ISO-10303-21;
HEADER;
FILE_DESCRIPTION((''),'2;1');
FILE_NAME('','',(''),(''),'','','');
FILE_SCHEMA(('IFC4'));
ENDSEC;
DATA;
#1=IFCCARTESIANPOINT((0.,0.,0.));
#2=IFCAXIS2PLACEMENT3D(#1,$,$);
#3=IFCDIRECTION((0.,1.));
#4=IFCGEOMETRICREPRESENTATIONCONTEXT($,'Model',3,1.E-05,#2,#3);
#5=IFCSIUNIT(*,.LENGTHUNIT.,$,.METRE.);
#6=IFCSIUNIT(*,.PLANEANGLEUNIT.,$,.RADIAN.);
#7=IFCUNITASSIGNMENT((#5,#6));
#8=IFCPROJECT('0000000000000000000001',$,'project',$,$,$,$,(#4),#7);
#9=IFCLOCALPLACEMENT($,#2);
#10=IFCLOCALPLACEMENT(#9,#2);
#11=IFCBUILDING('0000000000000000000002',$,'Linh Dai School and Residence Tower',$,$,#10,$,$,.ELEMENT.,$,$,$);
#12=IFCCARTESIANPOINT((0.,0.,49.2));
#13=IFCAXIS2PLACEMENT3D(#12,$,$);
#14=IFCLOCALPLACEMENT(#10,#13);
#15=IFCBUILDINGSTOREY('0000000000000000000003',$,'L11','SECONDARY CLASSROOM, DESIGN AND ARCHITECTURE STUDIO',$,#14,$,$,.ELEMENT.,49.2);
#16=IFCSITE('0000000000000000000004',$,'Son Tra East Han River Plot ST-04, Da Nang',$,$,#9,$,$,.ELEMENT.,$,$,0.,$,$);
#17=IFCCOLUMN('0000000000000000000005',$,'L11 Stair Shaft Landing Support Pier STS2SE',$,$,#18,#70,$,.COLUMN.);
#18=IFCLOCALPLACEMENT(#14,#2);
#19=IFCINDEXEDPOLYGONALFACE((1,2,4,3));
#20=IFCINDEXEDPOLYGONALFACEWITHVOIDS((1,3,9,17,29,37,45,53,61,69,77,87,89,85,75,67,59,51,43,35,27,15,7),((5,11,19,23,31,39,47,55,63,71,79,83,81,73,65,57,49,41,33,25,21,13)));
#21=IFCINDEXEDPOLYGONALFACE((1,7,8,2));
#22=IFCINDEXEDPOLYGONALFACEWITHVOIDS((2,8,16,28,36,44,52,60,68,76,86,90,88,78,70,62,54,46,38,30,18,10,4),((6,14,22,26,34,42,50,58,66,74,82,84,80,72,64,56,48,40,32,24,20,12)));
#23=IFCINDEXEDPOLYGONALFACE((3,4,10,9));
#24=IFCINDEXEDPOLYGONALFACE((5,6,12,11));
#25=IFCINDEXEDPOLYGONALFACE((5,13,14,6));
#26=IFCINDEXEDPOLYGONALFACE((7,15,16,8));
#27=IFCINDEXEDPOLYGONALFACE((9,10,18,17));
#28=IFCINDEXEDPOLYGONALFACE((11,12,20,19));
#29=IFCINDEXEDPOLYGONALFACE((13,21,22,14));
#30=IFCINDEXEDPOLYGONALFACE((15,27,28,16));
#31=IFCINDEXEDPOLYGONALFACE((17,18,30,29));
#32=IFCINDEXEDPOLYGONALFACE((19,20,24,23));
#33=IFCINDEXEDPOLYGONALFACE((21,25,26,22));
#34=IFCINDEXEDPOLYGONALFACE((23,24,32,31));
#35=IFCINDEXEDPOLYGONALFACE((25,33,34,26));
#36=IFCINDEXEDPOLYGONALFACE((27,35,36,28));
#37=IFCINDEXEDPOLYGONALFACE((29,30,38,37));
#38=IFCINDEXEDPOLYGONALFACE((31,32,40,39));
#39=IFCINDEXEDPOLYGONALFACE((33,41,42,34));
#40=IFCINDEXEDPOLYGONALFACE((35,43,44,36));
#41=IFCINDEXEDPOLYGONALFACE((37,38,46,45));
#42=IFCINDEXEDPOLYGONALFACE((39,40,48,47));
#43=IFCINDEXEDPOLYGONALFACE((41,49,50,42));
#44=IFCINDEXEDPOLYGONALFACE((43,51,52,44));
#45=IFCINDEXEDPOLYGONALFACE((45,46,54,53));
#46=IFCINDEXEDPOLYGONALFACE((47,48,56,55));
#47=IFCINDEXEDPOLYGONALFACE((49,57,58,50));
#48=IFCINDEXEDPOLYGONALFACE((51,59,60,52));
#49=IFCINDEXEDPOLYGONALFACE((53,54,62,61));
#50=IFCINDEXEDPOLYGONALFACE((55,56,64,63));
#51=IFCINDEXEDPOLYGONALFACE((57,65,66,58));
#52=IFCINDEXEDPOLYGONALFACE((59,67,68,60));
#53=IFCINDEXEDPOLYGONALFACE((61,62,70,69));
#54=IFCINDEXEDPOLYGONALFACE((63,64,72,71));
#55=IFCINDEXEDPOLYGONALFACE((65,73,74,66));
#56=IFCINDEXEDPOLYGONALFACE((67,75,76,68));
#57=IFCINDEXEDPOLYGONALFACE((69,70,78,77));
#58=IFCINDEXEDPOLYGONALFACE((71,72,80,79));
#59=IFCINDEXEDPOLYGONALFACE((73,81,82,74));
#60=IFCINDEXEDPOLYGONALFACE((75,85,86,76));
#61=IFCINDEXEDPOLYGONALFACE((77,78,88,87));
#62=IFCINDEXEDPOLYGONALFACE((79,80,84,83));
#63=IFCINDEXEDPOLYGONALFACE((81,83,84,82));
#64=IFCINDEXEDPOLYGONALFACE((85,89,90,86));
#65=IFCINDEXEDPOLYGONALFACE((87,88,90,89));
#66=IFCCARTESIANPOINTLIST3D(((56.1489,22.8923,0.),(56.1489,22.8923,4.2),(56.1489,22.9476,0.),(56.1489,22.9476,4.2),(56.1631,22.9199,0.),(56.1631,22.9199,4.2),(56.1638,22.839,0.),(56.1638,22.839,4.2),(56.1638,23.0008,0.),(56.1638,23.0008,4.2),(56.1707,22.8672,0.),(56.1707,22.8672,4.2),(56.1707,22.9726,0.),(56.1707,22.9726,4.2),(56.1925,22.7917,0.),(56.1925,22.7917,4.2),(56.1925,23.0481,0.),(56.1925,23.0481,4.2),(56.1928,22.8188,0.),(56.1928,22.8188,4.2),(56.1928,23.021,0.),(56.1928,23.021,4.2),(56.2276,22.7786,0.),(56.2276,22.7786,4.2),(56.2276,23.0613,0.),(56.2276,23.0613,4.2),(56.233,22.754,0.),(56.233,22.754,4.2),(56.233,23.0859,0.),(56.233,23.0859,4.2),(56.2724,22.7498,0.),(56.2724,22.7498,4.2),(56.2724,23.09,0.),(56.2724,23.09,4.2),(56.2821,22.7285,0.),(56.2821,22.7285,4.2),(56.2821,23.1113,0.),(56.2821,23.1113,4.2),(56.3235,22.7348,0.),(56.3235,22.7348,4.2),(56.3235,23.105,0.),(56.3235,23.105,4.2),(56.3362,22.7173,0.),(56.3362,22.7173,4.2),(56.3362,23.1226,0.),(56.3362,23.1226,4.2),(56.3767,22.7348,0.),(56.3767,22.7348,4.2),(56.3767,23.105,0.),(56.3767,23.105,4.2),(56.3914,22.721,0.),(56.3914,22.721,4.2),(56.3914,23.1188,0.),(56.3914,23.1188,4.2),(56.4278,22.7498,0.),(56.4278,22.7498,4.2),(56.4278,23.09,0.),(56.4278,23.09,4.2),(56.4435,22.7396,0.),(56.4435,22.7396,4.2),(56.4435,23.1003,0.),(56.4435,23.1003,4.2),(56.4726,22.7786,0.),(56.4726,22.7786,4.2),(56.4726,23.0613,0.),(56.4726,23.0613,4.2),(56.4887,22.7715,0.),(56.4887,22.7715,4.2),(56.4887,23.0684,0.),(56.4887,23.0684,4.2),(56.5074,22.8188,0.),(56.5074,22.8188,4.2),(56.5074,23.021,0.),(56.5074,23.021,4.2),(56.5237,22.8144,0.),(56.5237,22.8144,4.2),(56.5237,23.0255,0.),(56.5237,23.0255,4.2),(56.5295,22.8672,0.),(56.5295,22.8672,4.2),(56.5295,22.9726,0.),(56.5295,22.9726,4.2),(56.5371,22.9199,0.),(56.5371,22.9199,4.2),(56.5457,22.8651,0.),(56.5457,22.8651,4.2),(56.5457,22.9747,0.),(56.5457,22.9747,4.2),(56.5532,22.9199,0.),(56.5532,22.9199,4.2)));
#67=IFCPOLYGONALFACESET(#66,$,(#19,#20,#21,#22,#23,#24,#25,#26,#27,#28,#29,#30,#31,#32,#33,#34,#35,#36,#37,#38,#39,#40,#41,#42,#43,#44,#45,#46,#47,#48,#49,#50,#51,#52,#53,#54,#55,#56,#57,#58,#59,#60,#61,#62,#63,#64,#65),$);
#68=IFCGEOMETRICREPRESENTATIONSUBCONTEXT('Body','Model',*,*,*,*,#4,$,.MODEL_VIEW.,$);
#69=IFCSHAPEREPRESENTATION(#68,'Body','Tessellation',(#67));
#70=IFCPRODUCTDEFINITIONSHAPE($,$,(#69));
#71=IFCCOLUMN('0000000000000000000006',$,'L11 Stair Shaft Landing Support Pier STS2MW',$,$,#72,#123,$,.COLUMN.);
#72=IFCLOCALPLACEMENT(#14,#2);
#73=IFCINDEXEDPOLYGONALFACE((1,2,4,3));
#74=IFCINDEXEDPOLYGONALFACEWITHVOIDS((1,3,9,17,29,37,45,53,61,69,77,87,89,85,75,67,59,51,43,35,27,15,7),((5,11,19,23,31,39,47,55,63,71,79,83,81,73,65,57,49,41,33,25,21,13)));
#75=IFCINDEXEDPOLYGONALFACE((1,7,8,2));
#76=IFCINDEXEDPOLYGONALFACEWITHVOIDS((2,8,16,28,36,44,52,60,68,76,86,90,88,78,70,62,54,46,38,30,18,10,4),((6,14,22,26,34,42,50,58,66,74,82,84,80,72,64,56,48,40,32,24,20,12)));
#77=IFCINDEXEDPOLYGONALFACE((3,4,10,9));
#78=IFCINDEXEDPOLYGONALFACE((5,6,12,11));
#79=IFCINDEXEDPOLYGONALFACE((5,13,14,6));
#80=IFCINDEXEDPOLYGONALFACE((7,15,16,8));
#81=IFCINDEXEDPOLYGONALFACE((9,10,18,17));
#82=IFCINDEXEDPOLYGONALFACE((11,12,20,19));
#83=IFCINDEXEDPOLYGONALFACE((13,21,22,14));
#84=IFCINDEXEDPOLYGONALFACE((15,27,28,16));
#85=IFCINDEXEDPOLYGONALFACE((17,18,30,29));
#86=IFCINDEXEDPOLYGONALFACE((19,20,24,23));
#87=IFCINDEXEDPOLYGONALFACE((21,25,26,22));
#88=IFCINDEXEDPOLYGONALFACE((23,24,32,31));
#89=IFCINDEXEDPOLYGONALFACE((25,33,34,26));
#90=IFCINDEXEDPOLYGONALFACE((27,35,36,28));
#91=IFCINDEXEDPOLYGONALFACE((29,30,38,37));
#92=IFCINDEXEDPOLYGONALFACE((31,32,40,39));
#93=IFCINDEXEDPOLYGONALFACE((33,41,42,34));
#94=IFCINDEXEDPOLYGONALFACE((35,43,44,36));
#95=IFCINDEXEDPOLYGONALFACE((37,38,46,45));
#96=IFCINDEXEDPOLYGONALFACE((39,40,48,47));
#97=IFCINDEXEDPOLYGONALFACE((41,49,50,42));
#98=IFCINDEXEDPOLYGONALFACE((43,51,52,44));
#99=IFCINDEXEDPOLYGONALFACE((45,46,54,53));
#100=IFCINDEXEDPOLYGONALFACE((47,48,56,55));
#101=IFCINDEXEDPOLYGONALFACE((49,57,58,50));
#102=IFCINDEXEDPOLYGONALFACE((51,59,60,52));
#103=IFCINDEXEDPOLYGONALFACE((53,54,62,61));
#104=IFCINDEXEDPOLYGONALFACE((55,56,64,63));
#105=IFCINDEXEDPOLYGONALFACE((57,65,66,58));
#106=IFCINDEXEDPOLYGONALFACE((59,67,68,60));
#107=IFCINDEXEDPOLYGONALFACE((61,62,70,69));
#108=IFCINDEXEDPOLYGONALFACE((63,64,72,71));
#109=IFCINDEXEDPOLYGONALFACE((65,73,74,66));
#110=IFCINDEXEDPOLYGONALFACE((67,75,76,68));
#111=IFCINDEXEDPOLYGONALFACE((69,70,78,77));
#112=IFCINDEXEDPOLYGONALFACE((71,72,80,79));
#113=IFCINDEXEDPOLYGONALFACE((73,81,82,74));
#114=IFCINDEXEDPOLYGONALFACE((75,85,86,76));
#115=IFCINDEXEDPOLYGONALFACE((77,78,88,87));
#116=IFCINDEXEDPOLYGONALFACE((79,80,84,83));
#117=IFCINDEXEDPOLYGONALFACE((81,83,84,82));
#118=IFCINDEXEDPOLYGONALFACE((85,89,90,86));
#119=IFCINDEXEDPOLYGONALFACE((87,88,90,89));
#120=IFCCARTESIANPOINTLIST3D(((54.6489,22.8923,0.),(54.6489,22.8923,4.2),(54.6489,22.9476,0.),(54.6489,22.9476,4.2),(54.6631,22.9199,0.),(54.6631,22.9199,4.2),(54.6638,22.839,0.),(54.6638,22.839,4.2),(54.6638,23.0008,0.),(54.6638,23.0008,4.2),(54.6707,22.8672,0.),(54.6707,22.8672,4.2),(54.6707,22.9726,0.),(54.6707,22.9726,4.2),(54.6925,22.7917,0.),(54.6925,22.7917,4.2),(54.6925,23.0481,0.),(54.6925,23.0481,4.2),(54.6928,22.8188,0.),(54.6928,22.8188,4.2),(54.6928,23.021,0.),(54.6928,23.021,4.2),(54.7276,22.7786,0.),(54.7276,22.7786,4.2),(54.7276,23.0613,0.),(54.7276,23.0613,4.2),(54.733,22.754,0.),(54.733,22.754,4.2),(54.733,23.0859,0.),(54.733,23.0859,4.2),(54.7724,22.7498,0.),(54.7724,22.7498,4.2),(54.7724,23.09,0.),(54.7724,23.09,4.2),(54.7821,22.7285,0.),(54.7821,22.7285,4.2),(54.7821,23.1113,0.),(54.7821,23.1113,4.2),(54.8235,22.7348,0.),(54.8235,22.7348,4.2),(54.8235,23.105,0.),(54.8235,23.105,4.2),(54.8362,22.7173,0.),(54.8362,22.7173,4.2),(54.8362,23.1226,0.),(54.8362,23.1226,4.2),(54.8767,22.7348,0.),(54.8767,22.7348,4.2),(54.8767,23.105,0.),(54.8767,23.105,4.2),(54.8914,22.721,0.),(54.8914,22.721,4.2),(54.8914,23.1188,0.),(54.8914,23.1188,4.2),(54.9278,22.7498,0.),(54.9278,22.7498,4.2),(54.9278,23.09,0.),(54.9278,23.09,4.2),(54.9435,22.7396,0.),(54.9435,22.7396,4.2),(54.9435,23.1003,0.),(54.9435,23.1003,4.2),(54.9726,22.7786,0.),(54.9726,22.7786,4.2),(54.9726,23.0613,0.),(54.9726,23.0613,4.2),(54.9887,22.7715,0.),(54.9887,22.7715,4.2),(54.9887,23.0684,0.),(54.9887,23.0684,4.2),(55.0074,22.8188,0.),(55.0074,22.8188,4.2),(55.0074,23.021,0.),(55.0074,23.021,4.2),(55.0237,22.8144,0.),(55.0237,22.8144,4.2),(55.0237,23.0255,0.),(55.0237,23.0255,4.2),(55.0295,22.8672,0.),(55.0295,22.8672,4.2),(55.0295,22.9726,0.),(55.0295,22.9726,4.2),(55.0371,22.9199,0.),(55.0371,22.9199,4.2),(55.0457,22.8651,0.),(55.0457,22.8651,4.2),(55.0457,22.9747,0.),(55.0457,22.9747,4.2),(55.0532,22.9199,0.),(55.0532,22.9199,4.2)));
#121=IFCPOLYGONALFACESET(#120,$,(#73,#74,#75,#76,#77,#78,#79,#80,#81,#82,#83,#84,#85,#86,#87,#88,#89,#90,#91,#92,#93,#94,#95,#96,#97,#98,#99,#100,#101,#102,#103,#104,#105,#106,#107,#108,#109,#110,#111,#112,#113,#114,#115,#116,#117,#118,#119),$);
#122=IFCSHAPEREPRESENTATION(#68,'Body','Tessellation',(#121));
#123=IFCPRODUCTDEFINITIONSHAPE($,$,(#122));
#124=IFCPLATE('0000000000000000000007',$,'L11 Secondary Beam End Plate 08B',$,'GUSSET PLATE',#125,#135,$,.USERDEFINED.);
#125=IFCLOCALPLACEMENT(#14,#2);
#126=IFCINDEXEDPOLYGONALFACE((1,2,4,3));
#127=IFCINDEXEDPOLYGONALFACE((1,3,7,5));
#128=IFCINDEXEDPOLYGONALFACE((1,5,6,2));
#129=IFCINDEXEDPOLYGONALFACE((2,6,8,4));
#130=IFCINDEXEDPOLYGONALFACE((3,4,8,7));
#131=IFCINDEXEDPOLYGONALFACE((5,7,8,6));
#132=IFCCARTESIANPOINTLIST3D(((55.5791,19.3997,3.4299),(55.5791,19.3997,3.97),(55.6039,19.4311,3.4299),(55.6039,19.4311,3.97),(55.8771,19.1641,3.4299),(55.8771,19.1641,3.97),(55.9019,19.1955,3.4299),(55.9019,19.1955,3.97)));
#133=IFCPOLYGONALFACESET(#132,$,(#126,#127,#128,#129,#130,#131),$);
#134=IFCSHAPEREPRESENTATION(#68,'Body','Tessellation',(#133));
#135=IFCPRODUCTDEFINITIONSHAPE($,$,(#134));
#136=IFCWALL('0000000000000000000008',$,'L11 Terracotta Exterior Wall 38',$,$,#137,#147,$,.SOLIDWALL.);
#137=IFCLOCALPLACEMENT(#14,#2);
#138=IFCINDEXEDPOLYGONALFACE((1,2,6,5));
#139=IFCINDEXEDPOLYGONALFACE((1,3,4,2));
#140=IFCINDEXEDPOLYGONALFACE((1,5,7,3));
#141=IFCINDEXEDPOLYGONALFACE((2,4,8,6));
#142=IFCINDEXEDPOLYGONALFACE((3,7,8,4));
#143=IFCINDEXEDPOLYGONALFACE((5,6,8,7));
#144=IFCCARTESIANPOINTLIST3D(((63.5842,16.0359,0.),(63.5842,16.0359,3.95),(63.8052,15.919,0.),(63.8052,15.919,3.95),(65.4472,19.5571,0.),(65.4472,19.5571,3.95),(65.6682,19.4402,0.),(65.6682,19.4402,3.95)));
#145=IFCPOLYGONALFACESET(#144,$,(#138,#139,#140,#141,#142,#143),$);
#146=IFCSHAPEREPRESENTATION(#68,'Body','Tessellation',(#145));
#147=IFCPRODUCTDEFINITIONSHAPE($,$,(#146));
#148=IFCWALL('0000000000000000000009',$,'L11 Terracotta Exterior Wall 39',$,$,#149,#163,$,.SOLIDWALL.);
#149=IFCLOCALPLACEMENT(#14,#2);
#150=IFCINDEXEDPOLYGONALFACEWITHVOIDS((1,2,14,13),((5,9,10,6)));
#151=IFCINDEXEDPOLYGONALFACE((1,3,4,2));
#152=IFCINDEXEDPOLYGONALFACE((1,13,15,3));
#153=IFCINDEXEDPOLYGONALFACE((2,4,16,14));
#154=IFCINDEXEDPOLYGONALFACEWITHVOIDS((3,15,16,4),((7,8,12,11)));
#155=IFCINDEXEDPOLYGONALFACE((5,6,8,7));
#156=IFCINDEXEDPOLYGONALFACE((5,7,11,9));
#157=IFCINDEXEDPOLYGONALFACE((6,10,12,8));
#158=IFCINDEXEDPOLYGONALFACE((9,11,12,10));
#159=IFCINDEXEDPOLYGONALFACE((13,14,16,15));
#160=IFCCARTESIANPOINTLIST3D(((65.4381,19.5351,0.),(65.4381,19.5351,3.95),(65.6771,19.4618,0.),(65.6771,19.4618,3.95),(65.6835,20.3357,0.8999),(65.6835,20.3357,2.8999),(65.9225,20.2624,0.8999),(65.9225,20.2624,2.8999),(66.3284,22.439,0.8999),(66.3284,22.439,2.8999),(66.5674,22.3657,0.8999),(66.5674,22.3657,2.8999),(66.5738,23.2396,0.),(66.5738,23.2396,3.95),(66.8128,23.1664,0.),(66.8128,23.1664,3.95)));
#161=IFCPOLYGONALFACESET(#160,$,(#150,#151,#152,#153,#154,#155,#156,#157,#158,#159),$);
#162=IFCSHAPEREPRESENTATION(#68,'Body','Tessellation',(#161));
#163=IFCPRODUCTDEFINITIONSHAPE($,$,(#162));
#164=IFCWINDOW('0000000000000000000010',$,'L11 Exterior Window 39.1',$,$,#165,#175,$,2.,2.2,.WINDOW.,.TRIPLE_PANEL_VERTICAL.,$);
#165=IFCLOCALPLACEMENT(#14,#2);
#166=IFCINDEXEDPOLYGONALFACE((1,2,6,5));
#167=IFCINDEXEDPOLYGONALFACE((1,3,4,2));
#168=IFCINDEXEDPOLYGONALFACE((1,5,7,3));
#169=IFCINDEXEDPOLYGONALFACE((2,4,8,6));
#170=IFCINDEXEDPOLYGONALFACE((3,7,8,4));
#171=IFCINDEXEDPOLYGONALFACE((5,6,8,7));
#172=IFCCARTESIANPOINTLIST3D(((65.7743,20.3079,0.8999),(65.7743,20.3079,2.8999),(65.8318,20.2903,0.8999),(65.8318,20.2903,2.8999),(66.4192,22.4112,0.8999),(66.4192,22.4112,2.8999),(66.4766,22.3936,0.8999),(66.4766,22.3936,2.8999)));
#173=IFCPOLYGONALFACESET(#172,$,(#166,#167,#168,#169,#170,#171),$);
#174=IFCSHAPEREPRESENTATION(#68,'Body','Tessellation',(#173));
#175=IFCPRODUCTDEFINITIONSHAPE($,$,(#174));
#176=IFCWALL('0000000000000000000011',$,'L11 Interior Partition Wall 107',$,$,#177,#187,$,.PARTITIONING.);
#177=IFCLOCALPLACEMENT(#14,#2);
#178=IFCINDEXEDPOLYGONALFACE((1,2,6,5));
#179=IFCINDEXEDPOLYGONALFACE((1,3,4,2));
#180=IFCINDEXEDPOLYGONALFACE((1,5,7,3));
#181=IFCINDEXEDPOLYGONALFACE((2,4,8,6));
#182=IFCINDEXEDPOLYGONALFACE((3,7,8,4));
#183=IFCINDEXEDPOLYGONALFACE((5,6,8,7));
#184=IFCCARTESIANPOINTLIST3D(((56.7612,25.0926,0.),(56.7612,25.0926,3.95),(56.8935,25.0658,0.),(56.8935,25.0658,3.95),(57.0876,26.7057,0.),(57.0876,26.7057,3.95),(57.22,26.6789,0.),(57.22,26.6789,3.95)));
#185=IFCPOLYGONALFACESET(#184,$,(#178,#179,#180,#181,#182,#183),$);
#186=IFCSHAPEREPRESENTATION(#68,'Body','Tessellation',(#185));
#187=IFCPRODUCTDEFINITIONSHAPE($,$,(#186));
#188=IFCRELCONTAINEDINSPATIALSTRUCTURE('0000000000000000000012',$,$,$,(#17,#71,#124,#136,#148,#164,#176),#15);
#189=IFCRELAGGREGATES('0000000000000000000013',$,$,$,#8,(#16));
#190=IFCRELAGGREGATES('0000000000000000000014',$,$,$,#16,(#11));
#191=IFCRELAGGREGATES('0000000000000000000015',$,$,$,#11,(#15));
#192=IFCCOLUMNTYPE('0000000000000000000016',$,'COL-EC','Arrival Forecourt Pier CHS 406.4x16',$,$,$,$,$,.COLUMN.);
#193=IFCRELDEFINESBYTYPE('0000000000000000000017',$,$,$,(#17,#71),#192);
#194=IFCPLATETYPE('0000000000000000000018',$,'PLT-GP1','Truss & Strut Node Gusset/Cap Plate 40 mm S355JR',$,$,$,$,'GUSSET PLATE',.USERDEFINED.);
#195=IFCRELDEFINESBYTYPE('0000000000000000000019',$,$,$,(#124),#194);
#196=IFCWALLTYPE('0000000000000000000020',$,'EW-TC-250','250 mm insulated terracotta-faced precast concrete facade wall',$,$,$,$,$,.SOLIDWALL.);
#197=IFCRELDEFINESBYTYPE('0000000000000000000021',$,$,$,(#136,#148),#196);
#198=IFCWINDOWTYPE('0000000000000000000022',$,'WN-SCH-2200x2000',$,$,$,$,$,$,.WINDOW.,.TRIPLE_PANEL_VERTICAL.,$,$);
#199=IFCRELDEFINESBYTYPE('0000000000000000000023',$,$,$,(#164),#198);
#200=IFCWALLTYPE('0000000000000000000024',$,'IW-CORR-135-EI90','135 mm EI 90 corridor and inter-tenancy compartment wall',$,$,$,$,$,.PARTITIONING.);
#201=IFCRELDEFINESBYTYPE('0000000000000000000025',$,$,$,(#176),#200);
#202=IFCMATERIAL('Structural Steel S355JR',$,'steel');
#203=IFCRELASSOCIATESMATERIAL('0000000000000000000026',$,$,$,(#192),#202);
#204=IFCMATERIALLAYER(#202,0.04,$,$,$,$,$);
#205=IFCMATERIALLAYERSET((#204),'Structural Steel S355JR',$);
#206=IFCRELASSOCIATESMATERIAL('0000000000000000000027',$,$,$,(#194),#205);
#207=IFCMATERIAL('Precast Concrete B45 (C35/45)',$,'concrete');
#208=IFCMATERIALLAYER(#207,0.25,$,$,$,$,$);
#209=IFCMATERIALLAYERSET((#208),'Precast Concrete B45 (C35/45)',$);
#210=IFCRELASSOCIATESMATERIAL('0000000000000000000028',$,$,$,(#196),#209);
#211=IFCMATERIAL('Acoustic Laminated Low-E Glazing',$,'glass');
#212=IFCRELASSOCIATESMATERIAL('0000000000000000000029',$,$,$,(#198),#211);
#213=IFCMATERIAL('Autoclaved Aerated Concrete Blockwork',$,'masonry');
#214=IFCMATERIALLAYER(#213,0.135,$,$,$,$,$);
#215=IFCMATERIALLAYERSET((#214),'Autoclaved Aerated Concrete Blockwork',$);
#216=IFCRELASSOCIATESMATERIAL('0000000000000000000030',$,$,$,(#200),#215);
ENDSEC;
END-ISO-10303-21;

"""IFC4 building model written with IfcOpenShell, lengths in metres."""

from ifc_helpers import new_model, si_unit, direction, frame, frame_2d, origin, origin_2d, place, context, subcontext, project, spatial, rectangle, hollow_circle, extrude, source, transform, mapped, material, layer, layer_set, material_profile, profile_set, type_object, element, fill, save


model = new_model("IFC4")

# Units and contexts
model_context = context("Model", 3, precision=1e-05, world=origin(), true_north=direction((0.0, 1.0)))
body_context = subcontext(model_context, "Body", "Model", "MODEL_VIEW")
ifc_project = project(units=[si_unit("LENGTHUNIT", "METRE"), si_unit("PLANEANGLEUNIT", "RADIAN")], contexts=[model_context])

# Site, building, storey
site_placement = place(None, origin())
site = spatial("IfcSite", under=ifc_project, at=site_placement, Name="Son Tra East Han River Plot ST-04, Da Nang", CompositionType="ELEMENT", RefElevation=0.0)
building_placement = place(site_placement, origin())
building = spatial("IfcBuilding", under=site, at=building_placement, Name="Linh Dai School and Residence Tower", CompositionType="ELEMENT")
storey_placement = place(building_placement, frame((0.0, 0.0, 49.2)))
storey = spatial("IfcBuildingStorey", under=building, at=storey_placement, Name="L11", Description="SECONDARY CLASSROOM, DESIGN AND ARCHITECTURE STUDIO", CompositionType="ELEMENT", Elevation=49.2)

# Columns
ifc_material_1 = material(Name="Structural Steel S355JR", Category="steel")
ifc_material_profile = material_profile(ifc_material_1, hollow_circle(Radius=0.2031, WallThickness=0.0161, at=origin_2d()), Name="CHS 406.4x16")
ifc_profile_set = profile_set([ifc_material_profile], Name="Structural Steel S355JR")
column_type = type_object("IfcColumnType", Name="COL-EC", Description="Arrival Forecourt Pier CHS 406.4x16", PredefinedType="COLUMN", material=ifc_profile_set)
for number, where, z_axis, x_axis, name in (
    (1, (56.3501, 22.9199, 0.0), (0.0, 0.0, 1.0), (1.0, 0.0, 0.0), "L11 Stair Shaft Landing Support Pier STS2SE"),
    (2, (54.8501, 22.9199, 0.0), (0.0, 0.0, 1.0), (1.0, 0.0, 0.0), "L11 Stair Shaft Landing Support Pier STS2MW"),
):
    element("IfcColumn", number, at=place(storey_placement, frame(where, z_axis=z_axis, x_axis=x_axis)), inside=storey, type_object=column_type, Name=name, PredefinedType="COLUMN", context=body_context, shape_type="SweptSolid", body=[
        extrude(hollow_circle(Radius=0.2031, WallThickness=0.0161, at=origin_2d()), origin(), (0.0, 0.0, 1.0), 4.2),
    ])

# Plate
ifc_layer_1 = layer(ifc_material_1, 0.04)
ifc_layer_set_1 = layer_set([ifc_layer_1], Name="Structural Steel S355JR")
plate_type = type_object("IfcPlateType", Name="PLT-GP1", Description="Truss & Strut Node Gusset/Cap Plate 40 mm S355JR", ElementType="GUSSET PLATE", PredefinedType="USERDEFINED", material=ifc_layer_set_1)
shared_shape_1 = source(origin(), body_context, "Body", "SweptSolid", [
    extrude(rectangle(XDim=0.04, YDim=0.3799, at=origin_2d()), origin(), (0.0, 0.0, 1.0), 0.54),
])
plate_placement = place(storey_placement, frame((55.7405, 19.2976, 3.4299), z_axis=(0.0, 0.0, 1.0), x_axis=(0.620178, 0.784461, 0.0)))
element("IfcPlate", 3, at=plate_placement, inside=storey, type_object=plate_type, Name="L11 Secondary Beam End Plate 08B", ObjectType="GUSSET PLATE", PredefinedType="USERDEFINED", context=body_context, shape_type="MappedRepresentation", body=[
    mapped(shared_shape_1, transform((0.0, 0.0, 0.0), x_axis=(1.0, 0.0, 0.0), y_axis=(0.0, 1.0, 0.0), z_axis=(0.0, 0.0, 1.0), scale=1.0)),
])

# Wall
ifc_material_2 = material(Name="Precast Concrete B45 (C35/45)", Category="concrete")
ifc_layer_2 = layer(ifc_material_2, 0.25)
ifc_layer_set_2 = layer_set([ifc_layer_2], Name="Precast Concrete B45 (C35/45)")
wall_type_1 = type_object("IfcWallType", Name="EW-TC-250", Description="250 mm insulated terracotta-faced precast concrete facade wall", PredefinedType="SOLIDWALL", material=ifc_layer_set_2)
wall_1_placement = place(storey_placement, frame((65.5576, 19.4985, 0.0), z_axis=(0.0, 0.0, 1.0), x_axis=(-0.467662, -0.883907, 0.0)))
element("IfcWall", 4, at=wall_1_placement, inside=storey, type_object=wall_type_1, Name="L11 Terracotta Exterior Wall 38", PredefinedType="SOLIDWALL", context=body_context, shape_type="SweptSolid", body=[
    extrude(rectangle(XDim=3.9836, YDim=0.25, at=frame_2d((1.9917, 0.0))), origin(), (0.0, 0.0, 1.0), 3.95),
])

# Wall, opening, window
wall_2_placement = place(storey_placement, frame((66.6934, 23.2031, 0.0), z_axis=(0.0, 0.0, 1.0), x_axis=(-0.293112, -0.956078, 0.0)))
wall_2 = element("IfcWall", 5, at=wall_2_placement, inside=storey, type_object=wall_type_1, Name="L11 Terracotta Exterior Wall 39", PredefinedType="SOLIDWALL", context=body_context, shape_type="SweptSolid", body=[
    extrude(rectangle(XDim=3.8748, YDim=0.25, at=frame_2d((1.9375, 0.0))), origin(), (0.0, 0.0, 1.0), 3.95),
])
opening_1_placement = place(wall_2_placement, frame((0.8374, 0.0, 0.8999)))
opening_1 = element("IfcOpeningElement", 6, at=opening_1_placement, cuts=wall_2, PredefinedType="OPENING", context=body_context, shape_type="SweptSolid", body=[
    extrude(rectangle(XDim=2.2, YDim=2.0, at=origin_2d()), frame((1.1001, 0.135, 1.0), z_axis=(0.0, -1.0, 0.0), x_axis=(1.0, 0.0, 0.0)), (0.0, 0.0, 1.0), 0.27),
])
ifc_material_3 = material(Name="Acoustic Laminated Low-E Glazing", Category="glass")
window_type = type_object("IfcWindowType", Name="WN-SCH-2200x2000", PartitioningType="TRIPLE_PANEL_VERTICAL", PredefinedType="WINDOW", material=ifc_material_3)
shared_shape_2 = source(origin(), body_context, "Body", "SweptSolid", [
    extrude(rectangle(XDim=2.2, YDim=2.0, at=origin_2d()), frame((1.1001, 0.03, 1.0), z_axis=(0.0, -1.0, 0.0), x_axis=(1.0, 0.0, 0.0)), (0.0, 0.0, 1.0), 0.0601),
])
window_placement = place(opening_1_placement, origin())
window = element("IfcWindow", 7, at=window_placement, inside=storey, type_object=window_type, Name="L11 Exterior Window 39.1", OverallHeight=2.0, OverallWidth=2.2, PartitioningType="TRIPLE_PANEL_VERTICAL", PredefinedType="WINDOW", context=body_context, shape_type="MappedRepresentation", body=[
    mapped(shared_shape_2, transform((0.0, 0.0, 0.0), x_axis=(1.0, 0.0, 0.0), y_axis=(0.0, 1.0, 0.0), z_axis=(0.0, 0.0, 1.0), scale=1.0)),
])
fill(opening_1, window)

# Wall
ifc_material_4 = material(Name="Autoclaved Aerated Concrete Blockwork", Category="masonry")
ifc_layer_3 = layer(ifc_material_4, 0.135)
ifc_layer_set_3 = layer_set([ifc_layer_3], Name="Autoclaved Aerated Concrete Blockwork")
wall_type_2 = type_object("IfcWallType", Name="IW-CORR-135-EI90", Description="135 mm EI 90 corridor and inter-tenancy compartment wall", PredefinedType="PARTITIONING", material=ifc_layer_set_3)
wall_3_placement = place(storey_placement, frame((56.8274, 25.0793, 0.0), z_axis=(0.0, 0.0, 1.0), x_axis=(0.198341, 0.980133, 0.0)))
element("IfcWall", 8, at=wall_3_placement, inside=storey, type_object=wall_type_2, Name="L11 Interior Partition Wall 107", PredefinedType="PARTITIONING", context=body_context, shape_type="SweptSolid", body=[
    extrude(rectangle(XDim=1.6458, YDim=0.135, at=frame_2d((0.8228, 0.0))), origin(), (0.0, 0.0, 1.0), 3.95),
])

save(model, "model.ifc")
